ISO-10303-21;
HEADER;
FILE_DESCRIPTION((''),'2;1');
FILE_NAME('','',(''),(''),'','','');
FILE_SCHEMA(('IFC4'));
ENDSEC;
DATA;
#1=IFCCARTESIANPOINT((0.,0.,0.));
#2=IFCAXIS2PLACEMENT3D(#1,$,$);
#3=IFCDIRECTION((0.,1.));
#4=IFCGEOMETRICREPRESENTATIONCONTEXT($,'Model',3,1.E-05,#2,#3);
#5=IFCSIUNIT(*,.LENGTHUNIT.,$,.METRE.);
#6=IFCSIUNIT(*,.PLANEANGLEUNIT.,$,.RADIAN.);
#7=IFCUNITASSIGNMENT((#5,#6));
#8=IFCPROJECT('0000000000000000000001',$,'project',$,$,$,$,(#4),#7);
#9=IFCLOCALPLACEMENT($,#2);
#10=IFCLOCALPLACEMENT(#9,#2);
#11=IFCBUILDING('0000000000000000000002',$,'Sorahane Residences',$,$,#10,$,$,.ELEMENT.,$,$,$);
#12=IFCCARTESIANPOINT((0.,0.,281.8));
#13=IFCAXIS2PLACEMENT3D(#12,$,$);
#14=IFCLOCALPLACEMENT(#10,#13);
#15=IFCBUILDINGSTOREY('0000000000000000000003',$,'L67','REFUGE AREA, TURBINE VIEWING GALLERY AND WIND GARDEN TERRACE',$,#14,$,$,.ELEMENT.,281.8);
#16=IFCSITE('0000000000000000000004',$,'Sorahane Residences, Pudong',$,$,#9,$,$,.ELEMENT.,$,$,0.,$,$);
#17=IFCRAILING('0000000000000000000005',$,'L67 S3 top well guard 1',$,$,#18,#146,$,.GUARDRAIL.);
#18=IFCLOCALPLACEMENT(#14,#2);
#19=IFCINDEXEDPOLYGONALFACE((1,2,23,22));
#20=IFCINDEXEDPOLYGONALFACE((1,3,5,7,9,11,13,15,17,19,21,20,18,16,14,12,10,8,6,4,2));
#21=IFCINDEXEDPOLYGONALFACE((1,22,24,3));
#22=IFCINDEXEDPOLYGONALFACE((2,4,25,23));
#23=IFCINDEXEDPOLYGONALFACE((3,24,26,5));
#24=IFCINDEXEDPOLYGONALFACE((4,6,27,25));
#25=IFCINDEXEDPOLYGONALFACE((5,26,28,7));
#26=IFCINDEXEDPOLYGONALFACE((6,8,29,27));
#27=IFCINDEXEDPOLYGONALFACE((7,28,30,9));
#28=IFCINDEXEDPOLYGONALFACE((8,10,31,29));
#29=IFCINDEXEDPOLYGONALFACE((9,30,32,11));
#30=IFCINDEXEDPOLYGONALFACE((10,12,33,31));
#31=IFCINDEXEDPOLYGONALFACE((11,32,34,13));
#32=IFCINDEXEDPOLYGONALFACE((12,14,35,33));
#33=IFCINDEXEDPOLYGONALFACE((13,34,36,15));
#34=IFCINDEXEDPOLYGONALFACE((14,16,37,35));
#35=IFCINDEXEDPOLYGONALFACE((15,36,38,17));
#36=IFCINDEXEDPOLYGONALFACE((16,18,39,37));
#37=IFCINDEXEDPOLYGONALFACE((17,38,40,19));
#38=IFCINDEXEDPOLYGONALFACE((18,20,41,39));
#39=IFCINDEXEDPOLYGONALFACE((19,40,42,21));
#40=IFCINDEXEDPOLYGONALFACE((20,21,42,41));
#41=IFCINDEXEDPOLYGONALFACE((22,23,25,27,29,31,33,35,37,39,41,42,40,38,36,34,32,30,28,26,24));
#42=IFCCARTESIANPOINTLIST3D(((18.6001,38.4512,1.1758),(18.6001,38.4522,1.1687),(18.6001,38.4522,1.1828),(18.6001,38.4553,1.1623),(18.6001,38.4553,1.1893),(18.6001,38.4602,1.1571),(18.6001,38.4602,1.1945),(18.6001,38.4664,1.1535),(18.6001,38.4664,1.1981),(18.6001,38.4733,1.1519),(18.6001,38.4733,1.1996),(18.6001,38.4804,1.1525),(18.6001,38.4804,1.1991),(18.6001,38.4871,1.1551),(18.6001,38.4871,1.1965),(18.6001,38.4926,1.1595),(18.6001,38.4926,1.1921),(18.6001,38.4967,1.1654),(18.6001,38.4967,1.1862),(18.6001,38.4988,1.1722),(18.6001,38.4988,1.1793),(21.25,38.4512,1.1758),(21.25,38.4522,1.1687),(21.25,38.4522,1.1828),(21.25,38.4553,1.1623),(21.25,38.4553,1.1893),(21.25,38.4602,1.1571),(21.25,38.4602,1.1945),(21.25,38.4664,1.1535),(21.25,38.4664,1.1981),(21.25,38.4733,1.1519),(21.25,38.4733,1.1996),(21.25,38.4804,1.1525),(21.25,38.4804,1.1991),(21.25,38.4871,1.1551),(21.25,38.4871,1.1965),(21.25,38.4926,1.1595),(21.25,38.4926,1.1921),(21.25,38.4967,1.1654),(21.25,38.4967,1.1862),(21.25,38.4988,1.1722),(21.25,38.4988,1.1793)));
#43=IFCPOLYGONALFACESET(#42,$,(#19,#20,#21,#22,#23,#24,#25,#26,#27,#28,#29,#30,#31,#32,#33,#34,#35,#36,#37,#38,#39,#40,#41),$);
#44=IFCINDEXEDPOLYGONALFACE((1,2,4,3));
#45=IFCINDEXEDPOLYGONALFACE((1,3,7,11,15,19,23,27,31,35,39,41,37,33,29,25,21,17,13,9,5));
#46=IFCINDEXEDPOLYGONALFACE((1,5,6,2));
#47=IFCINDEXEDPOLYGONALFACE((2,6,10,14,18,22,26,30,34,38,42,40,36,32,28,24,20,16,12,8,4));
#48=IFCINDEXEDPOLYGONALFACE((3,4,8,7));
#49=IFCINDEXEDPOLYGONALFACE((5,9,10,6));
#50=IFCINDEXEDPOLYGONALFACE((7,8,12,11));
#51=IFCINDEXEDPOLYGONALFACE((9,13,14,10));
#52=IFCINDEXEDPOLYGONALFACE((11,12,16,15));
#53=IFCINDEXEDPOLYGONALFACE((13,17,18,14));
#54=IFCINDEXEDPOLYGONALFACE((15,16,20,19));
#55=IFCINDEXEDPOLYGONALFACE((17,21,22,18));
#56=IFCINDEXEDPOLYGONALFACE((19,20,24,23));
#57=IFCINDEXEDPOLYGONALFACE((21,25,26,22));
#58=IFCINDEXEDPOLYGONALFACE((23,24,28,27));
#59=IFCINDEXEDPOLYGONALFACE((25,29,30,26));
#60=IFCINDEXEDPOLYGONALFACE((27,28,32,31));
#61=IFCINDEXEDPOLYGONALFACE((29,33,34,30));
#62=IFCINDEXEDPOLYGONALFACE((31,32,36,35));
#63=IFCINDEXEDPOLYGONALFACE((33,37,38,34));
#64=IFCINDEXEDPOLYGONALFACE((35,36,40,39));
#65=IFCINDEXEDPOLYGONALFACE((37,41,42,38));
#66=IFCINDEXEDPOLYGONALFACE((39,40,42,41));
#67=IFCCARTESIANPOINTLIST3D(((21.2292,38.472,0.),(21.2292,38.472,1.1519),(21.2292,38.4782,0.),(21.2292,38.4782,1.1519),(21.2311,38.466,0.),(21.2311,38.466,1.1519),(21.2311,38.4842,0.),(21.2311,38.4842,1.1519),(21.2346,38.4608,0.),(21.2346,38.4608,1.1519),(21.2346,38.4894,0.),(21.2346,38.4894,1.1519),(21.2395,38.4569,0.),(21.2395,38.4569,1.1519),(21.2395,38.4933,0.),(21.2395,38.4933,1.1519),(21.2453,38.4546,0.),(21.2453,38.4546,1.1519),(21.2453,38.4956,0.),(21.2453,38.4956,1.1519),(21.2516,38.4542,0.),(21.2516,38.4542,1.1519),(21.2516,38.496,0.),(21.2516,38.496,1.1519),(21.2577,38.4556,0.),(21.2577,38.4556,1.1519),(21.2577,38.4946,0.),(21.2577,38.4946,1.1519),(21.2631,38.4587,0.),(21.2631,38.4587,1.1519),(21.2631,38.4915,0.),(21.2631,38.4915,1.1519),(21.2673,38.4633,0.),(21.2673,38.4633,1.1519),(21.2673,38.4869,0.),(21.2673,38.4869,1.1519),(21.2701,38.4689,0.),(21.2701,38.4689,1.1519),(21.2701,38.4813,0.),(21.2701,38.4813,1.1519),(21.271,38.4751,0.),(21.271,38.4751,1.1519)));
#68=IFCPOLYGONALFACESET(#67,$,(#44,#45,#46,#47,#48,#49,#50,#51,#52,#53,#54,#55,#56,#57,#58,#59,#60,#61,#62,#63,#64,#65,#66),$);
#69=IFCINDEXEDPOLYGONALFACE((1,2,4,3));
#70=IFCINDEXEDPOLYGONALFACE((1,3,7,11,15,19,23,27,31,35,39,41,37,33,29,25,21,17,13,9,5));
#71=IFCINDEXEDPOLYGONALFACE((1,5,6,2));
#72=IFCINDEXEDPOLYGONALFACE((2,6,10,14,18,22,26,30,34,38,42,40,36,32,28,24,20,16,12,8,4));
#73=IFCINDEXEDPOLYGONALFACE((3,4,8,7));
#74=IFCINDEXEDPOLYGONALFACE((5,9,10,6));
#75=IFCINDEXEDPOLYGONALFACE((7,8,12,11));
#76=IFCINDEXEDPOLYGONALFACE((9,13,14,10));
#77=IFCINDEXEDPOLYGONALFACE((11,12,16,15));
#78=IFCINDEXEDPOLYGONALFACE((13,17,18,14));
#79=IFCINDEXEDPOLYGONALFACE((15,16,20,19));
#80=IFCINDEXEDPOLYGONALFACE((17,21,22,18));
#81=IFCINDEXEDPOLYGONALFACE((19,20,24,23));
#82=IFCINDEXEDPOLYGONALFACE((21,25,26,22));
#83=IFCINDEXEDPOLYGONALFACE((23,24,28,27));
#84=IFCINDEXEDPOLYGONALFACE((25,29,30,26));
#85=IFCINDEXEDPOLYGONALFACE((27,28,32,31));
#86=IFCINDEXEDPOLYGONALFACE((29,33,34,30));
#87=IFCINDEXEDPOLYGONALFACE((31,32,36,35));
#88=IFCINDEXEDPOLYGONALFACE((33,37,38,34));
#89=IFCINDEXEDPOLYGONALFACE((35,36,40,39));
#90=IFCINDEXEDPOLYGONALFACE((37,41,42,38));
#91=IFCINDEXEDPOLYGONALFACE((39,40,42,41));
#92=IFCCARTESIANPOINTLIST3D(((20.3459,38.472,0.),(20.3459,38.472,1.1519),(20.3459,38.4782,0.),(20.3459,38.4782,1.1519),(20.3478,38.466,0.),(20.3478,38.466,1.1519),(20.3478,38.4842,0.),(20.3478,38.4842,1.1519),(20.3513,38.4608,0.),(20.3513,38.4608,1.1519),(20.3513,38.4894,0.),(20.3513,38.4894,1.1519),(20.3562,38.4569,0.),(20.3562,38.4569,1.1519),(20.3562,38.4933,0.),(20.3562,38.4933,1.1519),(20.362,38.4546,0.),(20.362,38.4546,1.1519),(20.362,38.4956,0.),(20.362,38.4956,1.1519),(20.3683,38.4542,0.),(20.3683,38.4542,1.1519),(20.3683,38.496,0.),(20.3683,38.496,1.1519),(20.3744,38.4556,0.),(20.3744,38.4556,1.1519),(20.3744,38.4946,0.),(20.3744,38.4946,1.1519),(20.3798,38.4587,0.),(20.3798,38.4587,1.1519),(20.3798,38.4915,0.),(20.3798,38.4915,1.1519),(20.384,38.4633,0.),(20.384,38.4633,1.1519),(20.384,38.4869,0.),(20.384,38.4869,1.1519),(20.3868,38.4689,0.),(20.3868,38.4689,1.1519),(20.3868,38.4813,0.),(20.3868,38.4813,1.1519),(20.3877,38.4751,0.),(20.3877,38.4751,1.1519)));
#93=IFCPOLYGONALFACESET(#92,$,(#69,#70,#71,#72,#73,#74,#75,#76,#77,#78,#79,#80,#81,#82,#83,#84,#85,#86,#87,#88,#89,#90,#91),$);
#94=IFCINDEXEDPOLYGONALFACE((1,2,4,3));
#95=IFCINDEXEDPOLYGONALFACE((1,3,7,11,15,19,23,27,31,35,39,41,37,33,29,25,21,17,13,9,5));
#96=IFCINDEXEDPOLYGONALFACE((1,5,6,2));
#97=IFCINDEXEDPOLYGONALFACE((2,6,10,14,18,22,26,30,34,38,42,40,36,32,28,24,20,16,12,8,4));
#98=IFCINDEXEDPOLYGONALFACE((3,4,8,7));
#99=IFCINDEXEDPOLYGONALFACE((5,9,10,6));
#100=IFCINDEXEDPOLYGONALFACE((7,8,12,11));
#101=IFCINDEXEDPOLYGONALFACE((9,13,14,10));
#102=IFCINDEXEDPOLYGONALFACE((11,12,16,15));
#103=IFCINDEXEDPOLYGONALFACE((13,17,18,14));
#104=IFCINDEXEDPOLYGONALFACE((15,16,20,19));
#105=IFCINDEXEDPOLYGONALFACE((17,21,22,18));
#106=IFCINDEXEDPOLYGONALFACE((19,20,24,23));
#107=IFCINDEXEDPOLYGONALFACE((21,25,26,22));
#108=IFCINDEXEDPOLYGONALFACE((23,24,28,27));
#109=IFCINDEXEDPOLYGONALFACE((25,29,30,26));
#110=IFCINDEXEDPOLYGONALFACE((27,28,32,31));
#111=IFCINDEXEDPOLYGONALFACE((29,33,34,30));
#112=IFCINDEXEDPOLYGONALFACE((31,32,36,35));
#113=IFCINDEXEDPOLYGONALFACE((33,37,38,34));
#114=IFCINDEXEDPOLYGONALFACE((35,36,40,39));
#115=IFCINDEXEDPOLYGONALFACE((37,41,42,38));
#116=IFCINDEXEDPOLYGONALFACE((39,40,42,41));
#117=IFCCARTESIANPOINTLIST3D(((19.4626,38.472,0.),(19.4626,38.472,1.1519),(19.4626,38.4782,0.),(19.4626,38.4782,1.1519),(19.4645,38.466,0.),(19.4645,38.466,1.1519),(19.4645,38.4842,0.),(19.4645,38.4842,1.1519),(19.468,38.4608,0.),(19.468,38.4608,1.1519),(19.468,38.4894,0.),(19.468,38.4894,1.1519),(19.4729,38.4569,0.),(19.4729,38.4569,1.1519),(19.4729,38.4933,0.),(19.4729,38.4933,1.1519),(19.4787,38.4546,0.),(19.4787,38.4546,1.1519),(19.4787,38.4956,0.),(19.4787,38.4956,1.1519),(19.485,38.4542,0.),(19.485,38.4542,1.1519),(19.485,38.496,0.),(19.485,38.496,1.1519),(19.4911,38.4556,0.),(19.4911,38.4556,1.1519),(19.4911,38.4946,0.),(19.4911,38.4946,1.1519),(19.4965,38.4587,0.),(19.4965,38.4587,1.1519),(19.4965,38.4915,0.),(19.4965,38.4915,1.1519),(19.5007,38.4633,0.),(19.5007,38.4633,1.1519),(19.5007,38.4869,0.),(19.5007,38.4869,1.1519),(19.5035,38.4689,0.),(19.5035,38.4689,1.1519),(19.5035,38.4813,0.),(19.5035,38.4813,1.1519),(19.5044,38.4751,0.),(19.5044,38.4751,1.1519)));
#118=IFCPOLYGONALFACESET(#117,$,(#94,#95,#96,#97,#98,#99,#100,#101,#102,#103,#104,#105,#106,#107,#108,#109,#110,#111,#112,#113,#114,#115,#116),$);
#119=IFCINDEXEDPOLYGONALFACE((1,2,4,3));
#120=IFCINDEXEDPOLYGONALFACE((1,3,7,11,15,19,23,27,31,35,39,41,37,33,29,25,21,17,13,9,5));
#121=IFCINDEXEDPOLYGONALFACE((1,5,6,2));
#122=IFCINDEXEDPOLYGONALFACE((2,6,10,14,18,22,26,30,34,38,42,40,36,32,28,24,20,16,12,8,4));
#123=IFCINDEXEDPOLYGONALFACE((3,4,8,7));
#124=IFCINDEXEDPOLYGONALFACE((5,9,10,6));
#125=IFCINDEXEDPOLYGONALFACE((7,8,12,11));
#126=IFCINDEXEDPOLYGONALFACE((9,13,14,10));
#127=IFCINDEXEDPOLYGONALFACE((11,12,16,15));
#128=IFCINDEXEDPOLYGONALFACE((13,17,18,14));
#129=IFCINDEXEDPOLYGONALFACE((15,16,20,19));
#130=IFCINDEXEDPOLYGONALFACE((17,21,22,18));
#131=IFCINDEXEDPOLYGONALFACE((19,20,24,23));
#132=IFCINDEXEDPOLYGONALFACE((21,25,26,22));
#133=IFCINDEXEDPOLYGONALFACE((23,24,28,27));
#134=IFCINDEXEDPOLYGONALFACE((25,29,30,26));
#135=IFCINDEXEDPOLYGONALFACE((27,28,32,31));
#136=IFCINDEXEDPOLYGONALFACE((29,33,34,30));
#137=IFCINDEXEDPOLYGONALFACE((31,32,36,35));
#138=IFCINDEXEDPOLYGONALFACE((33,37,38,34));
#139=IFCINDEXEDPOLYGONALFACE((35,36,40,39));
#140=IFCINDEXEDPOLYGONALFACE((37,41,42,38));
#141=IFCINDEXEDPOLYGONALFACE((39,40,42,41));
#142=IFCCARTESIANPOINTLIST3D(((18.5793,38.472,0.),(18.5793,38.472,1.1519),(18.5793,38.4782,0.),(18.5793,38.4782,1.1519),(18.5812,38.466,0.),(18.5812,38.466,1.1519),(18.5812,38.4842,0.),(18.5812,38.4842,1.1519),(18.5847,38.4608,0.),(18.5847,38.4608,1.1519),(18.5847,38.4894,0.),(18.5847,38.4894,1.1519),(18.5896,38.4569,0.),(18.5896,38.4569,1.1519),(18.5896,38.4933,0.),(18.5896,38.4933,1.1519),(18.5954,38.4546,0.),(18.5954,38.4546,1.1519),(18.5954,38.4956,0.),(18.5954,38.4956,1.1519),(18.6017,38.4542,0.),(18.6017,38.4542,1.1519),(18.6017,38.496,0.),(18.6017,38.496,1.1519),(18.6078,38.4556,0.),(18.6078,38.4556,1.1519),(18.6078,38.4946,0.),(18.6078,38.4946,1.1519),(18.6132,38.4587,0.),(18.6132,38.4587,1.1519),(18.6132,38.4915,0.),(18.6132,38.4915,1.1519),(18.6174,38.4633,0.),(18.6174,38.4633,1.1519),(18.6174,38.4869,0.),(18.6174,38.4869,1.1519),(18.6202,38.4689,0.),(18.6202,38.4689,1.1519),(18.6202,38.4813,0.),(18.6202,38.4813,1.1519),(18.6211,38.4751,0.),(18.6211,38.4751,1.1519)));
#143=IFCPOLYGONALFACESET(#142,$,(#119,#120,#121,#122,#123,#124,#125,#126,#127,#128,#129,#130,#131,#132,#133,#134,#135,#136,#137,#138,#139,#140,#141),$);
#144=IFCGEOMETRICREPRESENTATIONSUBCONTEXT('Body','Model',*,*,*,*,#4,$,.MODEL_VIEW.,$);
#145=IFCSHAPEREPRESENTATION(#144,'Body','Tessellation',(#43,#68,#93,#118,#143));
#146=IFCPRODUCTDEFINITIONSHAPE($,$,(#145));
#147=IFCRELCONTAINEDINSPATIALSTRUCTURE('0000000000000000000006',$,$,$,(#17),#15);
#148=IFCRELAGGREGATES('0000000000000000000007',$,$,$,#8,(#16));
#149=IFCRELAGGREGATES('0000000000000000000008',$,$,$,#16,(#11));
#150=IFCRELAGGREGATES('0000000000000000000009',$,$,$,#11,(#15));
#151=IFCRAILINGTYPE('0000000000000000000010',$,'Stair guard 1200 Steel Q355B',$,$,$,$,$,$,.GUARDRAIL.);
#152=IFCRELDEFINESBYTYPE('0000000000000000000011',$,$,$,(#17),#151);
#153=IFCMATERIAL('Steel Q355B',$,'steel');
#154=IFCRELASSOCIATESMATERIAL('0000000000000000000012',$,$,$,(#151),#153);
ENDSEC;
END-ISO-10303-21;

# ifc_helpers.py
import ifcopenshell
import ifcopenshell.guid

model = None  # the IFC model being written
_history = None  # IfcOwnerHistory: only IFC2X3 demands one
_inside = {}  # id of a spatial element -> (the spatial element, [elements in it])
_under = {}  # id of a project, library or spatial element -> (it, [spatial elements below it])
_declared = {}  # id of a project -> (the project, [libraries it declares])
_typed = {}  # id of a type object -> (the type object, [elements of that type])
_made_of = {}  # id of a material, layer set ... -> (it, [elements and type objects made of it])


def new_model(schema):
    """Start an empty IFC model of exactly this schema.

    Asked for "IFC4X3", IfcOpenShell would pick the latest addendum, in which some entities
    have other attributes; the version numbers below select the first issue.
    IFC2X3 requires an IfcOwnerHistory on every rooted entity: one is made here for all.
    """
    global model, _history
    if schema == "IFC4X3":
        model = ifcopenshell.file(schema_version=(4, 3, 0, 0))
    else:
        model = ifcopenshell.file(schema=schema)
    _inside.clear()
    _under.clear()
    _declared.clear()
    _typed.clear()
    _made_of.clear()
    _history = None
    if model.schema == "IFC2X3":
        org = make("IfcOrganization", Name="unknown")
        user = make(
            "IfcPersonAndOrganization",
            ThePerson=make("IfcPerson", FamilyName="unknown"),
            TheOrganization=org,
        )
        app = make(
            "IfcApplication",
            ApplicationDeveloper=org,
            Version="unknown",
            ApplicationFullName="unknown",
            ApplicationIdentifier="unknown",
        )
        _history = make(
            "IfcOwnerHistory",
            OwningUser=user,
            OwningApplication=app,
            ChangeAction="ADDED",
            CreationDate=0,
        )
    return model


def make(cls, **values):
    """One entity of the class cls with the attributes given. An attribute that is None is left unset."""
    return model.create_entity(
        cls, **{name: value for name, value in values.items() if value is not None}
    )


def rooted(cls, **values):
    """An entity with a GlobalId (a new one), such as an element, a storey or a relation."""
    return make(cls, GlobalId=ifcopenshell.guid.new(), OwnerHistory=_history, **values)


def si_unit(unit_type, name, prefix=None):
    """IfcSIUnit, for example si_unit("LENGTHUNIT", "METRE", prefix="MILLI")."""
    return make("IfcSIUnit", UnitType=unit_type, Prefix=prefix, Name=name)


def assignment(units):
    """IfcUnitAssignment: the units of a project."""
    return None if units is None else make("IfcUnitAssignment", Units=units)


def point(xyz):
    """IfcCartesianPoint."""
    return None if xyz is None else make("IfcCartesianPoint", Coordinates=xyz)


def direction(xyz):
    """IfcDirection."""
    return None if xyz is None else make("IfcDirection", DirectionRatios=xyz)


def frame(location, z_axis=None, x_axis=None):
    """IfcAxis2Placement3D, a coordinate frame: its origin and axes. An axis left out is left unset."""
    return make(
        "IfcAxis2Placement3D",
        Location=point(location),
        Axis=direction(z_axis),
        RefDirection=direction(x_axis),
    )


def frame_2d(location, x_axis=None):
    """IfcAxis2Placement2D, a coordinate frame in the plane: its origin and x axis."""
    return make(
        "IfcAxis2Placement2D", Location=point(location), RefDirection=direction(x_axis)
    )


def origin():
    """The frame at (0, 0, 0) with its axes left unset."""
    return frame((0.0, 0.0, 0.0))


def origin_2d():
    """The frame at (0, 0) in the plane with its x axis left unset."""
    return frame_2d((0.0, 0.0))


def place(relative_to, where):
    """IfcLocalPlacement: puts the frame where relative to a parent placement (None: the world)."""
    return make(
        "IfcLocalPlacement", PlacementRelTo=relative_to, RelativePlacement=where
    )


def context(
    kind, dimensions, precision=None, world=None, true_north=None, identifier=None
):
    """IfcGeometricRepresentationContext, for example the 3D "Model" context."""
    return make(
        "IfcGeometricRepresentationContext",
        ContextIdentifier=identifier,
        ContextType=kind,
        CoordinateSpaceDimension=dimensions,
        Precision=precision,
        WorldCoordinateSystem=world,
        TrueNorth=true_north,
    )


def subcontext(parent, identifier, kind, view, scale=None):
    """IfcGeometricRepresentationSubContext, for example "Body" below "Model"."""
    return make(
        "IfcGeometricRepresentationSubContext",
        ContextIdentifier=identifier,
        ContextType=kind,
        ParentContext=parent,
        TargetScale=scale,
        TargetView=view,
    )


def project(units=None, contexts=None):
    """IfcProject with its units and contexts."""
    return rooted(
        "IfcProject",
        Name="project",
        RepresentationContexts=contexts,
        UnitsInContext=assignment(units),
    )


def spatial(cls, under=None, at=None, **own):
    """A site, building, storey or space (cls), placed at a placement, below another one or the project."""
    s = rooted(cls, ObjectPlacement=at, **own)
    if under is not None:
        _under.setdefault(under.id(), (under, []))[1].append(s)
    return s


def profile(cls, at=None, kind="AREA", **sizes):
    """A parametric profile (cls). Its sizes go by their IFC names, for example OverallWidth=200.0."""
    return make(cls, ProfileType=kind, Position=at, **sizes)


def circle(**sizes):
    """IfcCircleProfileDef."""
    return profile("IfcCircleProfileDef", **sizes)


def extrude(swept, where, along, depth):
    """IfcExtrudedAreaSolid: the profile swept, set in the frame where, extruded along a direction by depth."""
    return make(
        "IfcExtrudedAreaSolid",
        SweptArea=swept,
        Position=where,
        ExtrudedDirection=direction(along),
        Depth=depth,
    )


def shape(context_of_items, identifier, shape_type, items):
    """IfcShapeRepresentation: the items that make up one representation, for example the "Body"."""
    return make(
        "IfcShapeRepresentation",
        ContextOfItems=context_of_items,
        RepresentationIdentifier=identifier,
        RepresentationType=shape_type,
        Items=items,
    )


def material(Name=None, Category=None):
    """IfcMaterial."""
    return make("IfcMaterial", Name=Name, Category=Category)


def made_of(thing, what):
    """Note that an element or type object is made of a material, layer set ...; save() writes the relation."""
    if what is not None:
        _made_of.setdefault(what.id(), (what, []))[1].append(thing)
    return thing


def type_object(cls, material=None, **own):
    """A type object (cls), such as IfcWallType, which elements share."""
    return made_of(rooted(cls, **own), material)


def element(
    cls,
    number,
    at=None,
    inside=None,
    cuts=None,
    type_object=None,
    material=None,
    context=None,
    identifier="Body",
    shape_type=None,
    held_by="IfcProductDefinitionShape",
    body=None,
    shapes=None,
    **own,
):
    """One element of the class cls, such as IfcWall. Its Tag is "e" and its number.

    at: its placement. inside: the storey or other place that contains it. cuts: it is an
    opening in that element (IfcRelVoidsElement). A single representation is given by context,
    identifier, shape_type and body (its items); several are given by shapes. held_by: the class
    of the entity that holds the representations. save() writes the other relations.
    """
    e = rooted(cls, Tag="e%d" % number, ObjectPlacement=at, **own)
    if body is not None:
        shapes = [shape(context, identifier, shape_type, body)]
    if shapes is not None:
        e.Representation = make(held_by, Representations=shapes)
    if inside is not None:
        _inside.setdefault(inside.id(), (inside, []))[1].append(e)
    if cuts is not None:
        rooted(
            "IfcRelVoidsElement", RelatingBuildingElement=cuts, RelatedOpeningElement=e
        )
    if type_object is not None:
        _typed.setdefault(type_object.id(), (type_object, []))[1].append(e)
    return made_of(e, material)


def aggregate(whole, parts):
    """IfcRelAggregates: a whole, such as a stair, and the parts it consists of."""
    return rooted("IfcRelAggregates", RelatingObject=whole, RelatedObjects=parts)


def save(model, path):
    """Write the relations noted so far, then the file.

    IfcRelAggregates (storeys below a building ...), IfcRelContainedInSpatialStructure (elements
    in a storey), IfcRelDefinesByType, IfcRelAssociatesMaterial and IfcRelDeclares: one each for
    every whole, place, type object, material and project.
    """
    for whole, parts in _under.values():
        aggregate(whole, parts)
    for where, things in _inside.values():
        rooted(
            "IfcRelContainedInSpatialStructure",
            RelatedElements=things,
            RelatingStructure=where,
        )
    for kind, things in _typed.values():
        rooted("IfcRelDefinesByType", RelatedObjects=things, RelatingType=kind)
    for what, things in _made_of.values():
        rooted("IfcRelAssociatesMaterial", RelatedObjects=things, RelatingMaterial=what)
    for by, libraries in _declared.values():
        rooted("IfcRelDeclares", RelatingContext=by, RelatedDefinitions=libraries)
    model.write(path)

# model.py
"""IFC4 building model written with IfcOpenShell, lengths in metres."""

from ifc_helpers import new_model, si_unit, direction, frame, origin, origin_2d, place, context, subcontext, project, spatial, circle, extrude, material, type_object, element, save


model = new_model("IFC4")

# Units and contexts
model_context = context("Model", 3, precision=1e-05, world=origin(), true_north=direction((0.0, 1.0)))
body_context = subcontext(model_context, "Body", "Model", "MODEL_VIEW")
ifc_project = project(units=[si_unit("LENGTHUNIT", "METRE"), si_unit("PLANEANGLEUNIT", "RADIAN")], contexts=[model_context])

# Site, building, storey
site_placement = place(None, origin())
site = spatial("IfcSite", under=ifc_project, at=site_placement, Name="Sorahane Residences, Pudong", CompositionType="ELEMENT", RefElevation=0.0)
building_placement = place(site_placement, origin())
building = spatial("IfcBuilding", under=site, at=building_placement, Name="Sorahane Residences", CompositionType="ELEMENT")
storey_placement = place(building_placement, frame((0.0, 0.0, 281.8)))
storey = spatial("IfcBuildingStorey", under=building, at=storey_placement, Name="L67", Description="REFUGE AREA, TURBINE VIEWING GALLERY AND WIND GARDEN TERRACE", CompositionType="ELEMENT", Elevation=281.8)

# Railing
ifc_material_1 = material(Name="Steel Q355B", Category="steel")
railing_type = type_object("IfcRailingType", Name="Stair guard 1200 Steel Q355B", PredefinedType="GUARDRAIL", material=ifc_material_1)
railing_1_placement = place(storey_placement, frame((21.25, 38.4751, 0.0)))
element("IfcRailing", 1, at=railing_1_placement, inside=storey, type_object=railing_type, Name="L67 S3 top well guard 1", PredefinedType="GUARDRAIL", context=body_context, shape_type="SweptSolid", body=[
    extrude(circle(Radius=0.0239, at=origin_2d()), frame((0.0, 0.0, 1.1758), z_axis=(-1.0, 0.0, 0.0), x_axis=(0.0, -1.0, 0.0)), (0.0, 0.0, 1.0), 2.6499),
    extrude(circle(Radius=0.021, at=origin_2d()), origin(), (0.0, 0.0, 1.0), 1.1519),
    extrude(circle(Radius=0.021, at=origin_2d()), frame((-0.8833, 0.0, 0.0)), (0.0, 0.0, 1.0), 1.1519),
    extrude(circle(Radius=0.021, at=origin_2d()), frame((-1.7666, 0.0, 0.0)), (0.0, 0.0, 1.0), 1.1519),
    extrude(circle(Radius=0.021, at=origin_2d()), frame((-2.6499, 0.0, 0.0)), (0.0, 0.0, 1.0), 1.1519),
])

save(model, "model.ifc")
